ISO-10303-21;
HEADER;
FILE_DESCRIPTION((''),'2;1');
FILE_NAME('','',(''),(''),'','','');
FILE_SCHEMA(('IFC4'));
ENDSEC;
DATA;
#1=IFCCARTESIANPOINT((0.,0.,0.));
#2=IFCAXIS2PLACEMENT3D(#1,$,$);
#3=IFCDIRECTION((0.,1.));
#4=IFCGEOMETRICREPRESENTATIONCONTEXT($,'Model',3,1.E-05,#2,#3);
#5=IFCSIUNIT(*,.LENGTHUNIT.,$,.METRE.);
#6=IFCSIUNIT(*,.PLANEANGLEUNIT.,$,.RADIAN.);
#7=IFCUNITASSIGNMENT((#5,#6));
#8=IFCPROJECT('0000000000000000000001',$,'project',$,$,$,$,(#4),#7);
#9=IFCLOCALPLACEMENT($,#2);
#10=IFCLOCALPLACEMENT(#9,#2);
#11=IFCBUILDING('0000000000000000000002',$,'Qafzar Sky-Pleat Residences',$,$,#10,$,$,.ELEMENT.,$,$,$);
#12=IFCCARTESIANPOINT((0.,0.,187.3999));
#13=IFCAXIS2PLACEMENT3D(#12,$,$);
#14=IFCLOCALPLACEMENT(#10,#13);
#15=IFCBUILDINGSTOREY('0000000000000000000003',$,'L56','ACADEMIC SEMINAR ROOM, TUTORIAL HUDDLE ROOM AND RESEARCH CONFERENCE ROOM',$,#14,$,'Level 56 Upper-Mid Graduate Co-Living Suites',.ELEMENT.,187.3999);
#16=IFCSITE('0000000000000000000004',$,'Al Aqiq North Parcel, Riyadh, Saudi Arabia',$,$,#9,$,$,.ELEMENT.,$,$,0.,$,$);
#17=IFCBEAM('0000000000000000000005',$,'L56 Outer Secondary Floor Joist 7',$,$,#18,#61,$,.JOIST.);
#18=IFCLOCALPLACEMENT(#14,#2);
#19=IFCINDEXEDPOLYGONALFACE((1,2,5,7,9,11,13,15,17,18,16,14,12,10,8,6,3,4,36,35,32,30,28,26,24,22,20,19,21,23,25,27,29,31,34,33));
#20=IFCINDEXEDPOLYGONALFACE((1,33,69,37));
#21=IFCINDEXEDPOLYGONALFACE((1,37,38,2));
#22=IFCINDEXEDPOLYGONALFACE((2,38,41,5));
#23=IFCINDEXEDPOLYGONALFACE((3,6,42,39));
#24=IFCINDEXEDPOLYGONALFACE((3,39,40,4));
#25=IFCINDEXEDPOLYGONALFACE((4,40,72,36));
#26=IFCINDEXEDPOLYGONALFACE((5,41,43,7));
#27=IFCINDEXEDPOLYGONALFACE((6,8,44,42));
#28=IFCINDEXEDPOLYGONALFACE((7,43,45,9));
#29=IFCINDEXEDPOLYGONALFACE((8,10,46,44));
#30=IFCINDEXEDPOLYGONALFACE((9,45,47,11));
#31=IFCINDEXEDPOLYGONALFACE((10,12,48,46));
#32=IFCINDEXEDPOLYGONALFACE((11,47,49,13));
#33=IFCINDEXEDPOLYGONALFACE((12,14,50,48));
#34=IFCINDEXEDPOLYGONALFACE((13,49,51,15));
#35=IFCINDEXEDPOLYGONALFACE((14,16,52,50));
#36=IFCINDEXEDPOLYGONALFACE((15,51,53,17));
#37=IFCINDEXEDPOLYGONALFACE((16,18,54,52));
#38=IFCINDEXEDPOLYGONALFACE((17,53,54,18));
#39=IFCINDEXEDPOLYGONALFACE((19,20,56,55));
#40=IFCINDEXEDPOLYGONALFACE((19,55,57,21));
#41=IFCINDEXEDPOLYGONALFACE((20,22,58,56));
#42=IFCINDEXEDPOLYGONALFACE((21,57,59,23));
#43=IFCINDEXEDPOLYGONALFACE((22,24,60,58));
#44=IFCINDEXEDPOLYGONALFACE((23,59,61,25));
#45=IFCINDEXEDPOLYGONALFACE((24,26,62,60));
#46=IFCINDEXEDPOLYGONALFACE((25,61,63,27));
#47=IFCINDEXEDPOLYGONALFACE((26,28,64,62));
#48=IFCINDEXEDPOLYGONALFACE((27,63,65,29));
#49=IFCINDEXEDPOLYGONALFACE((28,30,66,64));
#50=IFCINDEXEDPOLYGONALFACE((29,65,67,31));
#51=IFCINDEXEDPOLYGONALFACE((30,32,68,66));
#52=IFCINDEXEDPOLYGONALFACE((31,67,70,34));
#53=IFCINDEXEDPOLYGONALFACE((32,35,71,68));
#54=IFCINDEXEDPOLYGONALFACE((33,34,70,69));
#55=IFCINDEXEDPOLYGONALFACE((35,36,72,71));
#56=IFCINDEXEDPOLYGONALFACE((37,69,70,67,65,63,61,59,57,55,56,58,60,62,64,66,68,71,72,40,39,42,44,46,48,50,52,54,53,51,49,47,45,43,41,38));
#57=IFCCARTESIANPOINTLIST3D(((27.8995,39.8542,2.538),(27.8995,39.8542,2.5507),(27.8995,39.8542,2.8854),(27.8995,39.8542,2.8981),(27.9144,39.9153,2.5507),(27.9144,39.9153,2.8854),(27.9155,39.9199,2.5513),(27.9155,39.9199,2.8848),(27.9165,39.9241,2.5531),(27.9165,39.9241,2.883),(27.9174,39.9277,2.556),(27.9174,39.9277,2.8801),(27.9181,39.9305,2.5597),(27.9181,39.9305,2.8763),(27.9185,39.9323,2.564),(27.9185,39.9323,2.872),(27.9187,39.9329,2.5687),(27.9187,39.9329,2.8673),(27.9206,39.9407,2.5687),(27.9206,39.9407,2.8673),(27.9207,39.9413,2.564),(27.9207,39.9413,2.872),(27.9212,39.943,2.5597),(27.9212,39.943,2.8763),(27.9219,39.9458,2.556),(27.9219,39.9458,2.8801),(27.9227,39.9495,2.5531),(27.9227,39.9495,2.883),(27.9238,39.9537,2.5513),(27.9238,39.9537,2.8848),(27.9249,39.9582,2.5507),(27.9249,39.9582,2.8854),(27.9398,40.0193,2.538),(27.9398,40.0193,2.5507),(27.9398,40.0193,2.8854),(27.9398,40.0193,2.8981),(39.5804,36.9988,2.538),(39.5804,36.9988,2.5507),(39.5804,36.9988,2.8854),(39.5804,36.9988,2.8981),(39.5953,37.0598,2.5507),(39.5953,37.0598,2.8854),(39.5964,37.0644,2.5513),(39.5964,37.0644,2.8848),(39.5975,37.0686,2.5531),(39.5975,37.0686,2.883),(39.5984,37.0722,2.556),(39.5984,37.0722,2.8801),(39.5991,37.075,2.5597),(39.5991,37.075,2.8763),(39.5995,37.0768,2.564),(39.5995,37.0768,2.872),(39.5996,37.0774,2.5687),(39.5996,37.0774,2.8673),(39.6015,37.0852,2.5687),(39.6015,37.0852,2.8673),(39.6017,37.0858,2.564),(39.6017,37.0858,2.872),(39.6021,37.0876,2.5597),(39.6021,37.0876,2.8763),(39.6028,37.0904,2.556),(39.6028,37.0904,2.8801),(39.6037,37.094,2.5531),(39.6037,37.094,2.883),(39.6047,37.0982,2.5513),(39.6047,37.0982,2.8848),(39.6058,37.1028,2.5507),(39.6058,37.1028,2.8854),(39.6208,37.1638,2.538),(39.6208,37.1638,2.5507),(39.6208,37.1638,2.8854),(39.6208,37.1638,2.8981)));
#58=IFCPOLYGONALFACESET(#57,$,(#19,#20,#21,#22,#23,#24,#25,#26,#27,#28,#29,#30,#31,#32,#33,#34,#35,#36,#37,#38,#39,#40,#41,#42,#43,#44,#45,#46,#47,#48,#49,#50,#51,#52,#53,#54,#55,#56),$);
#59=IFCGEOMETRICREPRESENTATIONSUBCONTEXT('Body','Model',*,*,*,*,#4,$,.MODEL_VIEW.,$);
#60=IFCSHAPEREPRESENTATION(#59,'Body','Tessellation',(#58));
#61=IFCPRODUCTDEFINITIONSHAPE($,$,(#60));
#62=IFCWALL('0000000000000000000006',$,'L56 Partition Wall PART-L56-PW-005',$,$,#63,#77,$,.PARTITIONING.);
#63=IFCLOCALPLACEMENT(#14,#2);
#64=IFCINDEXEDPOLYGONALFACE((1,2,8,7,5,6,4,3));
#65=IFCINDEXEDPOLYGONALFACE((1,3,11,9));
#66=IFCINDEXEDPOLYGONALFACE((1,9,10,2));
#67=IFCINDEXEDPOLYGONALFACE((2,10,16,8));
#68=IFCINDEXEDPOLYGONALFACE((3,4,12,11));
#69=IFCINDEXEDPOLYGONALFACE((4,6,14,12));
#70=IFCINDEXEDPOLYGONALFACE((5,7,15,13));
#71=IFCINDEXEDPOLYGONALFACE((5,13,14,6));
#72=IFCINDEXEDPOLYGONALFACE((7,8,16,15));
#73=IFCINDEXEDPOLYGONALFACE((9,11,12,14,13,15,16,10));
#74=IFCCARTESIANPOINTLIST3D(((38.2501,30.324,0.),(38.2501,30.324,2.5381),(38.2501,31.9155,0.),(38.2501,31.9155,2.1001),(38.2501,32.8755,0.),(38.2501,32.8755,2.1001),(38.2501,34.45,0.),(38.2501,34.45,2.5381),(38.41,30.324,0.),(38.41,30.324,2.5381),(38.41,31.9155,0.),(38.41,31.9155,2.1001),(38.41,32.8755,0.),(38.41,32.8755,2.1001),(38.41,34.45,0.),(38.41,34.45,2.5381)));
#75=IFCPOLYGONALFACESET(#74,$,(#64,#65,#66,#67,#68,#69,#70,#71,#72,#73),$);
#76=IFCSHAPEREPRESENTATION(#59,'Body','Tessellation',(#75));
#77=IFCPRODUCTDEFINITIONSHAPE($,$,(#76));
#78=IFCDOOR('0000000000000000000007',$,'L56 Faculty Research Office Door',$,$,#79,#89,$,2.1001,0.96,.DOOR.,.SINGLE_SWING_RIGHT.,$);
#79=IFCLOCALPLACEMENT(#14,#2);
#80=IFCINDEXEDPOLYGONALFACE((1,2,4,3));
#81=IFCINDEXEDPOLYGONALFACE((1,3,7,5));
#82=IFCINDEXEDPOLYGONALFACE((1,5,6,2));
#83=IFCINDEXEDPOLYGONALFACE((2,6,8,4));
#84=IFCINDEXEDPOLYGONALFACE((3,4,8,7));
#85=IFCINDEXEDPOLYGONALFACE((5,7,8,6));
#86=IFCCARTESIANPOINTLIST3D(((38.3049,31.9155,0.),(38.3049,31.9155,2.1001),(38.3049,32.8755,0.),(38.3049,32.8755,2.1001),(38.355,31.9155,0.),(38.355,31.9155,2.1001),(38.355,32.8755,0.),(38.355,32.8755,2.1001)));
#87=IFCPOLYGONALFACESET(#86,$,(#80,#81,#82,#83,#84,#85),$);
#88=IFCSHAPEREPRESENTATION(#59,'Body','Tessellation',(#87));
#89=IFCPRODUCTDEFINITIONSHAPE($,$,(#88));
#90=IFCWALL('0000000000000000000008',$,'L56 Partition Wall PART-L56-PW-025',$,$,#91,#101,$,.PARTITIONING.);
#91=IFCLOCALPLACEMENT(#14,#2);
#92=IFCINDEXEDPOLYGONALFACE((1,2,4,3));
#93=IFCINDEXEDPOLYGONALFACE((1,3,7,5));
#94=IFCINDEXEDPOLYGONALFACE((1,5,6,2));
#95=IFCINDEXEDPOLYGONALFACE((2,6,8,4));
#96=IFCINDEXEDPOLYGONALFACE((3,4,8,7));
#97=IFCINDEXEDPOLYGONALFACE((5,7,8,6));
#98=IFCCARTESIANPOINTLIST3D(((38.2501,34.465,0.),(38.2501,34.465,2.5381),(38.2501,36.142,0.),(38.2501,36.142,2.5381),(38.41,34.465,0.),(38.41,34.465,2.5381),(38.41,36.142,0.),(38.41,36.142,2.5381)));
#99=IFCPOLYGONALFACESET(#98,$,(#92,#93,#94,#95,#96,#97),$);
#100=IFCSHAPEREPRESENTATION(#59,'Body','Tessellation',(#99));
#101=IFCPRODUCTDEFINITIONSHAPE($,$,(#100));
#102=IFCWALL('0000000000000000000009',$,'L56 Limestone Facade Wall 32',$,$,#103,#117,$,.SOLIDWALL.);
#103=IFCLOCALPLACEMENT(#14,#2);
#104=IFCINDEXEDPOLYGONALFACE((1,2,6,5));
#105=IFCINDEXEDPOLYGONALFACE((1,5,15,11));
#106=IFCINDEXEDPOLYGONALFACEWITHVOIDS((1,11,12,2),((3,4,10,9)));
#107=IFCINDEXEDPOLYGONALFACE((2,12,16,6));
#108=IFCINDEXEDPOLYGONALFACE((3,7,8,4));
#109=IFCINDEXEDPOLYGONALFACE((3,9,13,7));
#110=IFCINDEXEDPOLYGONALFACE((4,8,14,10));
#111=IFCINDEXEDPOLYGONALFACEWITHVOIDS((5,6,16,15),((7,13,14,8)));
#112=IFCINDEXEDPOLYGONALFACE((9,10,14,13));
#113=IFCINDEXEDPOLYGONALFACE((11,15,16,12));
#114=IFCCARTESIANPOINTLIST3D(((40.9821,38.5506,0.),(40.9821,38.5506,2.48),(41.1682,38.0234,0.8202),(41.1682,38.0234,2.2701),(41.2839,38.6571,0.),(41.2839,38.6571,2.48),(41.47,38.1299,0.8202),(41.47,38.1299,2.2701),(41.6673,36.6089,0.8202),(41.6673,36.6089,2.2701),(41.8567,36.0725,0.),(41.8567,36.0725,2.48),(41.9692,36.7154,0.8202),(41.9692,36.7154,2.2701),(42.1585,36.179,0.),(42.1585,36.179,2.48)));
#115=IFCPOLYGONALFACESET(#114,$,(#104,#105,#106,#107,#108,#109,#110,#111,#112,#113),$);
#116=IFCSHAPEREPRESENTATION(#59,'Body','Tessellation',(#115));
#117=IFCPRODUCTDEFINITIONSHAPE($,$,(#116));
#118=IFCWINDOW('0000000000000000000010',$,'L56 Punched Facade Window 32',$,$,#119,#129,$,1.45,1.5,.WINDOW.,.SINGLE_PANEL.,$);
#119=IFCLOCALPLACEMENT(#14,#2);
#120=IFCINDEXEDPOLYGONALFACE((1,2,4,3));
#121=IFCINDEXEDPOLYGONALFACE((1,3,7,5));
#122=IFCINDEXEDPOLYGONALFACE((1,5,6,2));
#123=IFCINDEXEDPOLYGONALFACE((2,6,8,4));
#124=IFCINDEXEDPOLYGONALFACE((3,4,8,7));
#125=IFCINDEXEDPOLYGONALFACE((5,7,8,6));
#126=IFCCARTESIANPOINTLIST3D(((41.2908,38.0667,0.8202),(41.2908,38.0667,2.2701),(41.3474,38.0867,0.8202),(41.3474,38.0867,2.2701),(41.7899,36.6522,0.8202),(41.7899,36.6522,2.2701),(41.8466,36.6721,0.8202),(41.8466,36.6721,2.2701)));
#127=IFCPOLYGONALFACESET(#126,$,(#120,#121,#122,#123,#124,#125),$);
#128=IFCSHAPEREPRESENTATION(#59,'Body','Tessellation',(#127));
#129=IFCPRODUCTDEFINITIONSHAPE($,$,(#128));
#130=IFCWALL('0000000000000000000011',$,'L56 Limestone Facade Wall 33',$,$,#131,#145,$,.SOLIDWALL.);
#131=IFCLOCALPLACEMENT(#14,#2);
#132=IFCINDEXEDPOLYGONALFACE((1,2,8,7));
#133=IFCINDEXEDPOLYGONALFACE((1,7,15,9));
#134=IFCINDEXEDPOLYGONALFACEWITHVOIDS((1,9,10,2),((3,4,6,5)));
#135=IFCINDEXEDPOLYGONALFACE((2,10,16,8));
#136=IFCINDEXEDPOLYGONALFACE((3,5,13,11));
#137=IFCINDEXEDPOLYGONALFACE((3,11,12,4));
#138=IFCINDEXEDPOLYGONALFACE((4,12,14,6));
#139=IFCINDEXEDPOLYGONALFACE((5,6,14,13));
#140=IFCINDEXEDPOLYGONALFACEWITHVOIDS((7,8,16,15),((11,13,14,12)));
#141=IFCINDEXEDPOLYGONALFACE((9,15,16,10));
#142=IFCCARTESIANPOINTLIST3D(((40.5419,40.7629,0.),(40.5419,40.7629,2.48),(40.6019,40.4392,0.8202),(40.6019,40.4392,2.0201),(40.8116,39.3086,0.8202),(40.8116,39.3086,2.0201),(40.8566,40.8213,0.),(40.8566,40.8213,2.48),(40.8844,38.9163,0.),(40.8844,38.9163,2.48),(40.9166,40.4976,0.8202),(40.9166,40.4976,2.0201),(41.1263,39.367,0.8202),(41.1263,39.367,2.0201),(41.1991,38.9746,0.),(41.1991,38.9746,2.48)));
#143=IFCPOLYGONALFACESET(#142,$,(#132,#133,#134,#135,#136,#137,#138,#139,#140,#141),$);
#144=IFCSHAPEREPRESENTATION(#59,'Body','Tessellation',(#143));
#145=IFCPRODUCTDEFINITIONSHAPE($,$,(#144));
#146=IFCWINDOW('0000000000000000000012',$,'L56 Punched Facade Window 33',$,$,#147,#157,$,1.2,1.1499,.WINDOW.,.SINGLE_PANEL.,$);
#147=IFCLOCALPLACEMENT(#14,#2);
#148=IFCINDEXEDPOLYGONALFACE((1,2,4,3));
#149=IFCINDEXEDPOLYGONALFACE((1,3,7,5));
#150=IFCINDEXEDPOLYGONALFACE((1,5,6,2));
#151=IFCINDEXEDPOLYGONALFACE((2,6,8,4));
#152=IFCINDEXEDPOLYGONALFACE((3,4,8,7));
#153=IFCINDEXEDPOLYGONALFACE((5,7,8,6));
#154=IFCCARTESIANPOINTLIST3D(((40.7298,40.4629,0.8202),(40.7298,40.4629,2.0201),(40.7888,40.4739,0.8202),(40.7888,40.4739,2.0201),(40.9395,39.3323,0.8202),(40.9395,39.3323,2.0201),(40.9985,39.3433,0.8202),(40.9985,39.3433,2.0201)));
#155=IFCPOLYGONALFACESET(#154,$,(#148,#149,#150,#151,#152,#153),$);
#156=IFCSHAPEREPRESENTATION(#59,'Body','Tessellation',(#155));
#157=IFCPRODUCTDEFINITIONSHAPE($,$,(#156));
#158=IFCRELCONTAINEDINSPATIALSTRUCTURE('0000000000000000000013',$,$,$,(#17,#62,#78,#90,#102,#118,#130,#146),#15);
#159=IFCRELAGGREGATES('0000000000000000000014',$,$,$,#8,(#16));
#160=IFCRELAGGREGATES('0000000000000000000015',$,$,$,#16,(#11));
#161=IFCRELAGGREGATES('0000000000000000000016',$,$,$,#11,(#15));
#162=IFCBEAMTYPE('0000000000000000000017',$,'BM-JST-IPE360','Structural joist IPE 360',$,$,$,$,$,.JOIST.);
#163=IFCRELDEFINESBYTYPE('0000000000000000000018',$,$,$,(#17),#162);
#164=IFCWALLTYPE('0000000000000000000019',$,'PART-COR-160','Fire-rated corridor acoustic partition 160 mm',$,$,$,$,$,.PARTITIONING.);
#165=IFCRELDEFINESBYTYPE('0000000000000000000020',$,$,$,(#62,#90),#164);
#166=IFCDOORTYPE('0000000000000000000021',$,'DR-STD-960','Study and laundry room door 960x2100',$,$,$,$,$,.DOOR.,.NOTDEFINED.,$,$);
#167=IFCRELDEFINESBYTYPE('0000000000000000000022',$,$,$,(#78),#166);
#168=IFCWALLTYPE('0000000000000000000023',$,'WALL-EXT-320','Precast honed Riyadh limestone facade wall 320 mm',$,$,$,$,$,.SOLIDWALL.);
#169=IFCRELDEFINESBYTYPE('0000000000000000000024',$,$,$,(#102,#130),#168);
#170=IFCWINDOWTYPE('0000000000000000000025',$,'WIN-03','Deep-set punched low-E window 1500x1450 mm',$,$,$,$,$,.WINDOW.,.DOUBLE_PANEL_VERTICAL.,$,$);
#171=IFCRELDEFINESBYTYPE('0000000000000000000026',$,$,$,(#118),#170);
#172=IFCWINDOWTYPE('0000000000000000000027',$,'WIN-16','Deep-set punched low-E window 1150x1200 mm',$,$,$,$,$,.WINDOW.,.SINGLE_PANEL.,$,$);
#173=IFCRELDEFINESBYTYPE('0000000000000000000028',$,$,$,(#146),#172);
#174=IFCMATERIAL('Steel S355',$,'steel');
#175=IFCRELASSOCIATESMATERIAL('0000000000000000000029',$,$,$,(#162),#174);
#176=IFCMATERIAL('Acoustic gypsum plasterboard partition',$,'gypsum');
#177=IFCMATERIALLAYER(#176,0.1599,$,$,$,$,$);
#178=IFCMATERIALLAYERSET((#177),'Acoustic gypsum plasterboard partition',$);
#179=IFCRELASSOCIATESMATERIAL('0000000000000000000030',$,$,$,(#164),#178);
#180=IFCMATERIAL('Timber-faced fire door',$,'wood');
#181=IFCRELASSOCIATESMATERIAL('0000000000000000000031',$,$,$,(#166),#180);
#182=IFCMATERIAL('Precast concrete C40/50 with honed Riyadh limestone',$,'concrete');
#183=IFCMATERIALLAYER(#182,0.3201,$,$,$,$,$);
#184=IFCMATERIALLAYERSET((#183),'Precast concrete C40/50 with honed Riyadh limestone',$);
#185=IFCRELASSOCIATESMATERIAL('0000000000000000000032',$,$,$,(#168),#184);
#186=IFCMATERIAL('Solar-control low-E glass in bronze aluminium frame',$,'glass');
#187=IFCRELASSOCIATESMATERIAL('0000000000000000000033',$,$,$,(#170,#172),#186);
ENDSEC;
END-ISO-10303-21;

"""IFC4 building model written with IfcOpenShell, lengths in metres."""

from ifc_helpers import new_model, si_unit, direction, frame, frame_2d, origin, origin_2d, place, context, subcontext, project, spatial, rectangle, i_section, extrude, source, transform, mapped, material, layer, layer_set, material_profile, profile_set, type_object, element, fill, save


model = new_model("IFC4")

# Units and contexts
model_context = context("Model", 3, precision=1e-05, world=origin(), true_north=direction((0.0, 1.0)))
body_context = subcontext(model_context, "Body", "Model", "MODEL_VIEW")
ifc_project = project(units=[si_unit("LENGTHUNIT", "METRE"), si_unit("PLANEANGLEUNIT", "RADIAN")], contexts=[model_context])

# Site, building, storey
site_placement = place(None, origin())
site = spatial("IfcSite", under=ifc_project, at=site_placement, Name="Al Aqiq North Parcel, Riyadh, Saudi Arabia", CompositionType="ELEMENT", RefElevation=0.0)
building_placement = place(site_placement, origin())
building = spatial("IfcBuilding", under=site, at=building_placement, Name="Qafzar Sky-Pleat Residences", CompositionType="ELEMENT")
storey_placement = place(building_placement, frame((0.0, 0.0, 187.3999)))
storey = spatial("IfcBuildingStorey", under=building, at=storey_placement, Name="L56", Description="ACADEMIC SEMINAR ROOM, TUTORIAL HUDDLE ROOM AND RESEARCH CONFERENCE ROOM", LongName="Level 56 Upper-Mid Graduate Co-Living Suites", CompositionType="ELEMENT", Elevation=187.3999)

# Beam
ifc_material_1 = material(Name="Steel S355", Category="steel")
ifc_material_profile_1 = material_profile(ifc_material_1, i_section(OverallWidth=0.1699, OverallDepth=0.3601, WebThickness=0.0081, FlangeThickness=0.0127, FilletRadius=0.0181, at=origin_2d()), Name="IPE 360")
ifc_profile_set_1 = profile_set([ifc_material_profile_1], Name="Steel S355")
beam_type_1 = type_object("IfcBeamType", Name="BM-JST-IPE360", Description="Structural joist IPE 360", PredefinedType="JOIST", material=ifc_profile_set_1)
shared_shape_1 = source(origin(), body_context, "Body", "SweptSolid", [
    extrude(i_section(OverallWidth=0.1699, OverallDepth=0.3601, WebThickness=0.0081, FlangeThickness=0.0127, FilletRadius=0.0181, at=origin_2d()), origin(), (0.0, 0.0, 1.0), 12.0249),
])
beam_1_placement = place(storey_placement, frame((39.6006, 37.0813, 2.718), z_axis=(-0.971396, 0.237464, 0.0), x_axis=(-0.237464, -0.971396, 0.0)))
element("IfcBeam", 1, at=beam_1_placement, inside=storey, type_object=beam_type_1, Name="L56 Outer Secondary Floor Joist 7", PredefinedType="JOIST", context=body_context, shape_type="MappedRepresentation", body=[
    mapped(shared_shape_1, transform((0.0, 0.0, 0.0), x_axis=(1.0, 0.0, 0.0), y_axis=(0.0, 1.0, 0.0), z_axis=(0.0, 0.0, 1.0), scale=1.0)),
])

# Wall, opening, door
ifc_material_2 = material(Name="Acoustic gypsum plasterboard partition", Category="gypsum")
ifc_layer_1 = layer(ifc_material_2, 0.1599)
ifc_layer_set_1 = layer_set([ifc_layer_1], Name="Acoustic gypsum plasterboard partition")
wall_type_1 = type_object("IfcWallType", Name="PART-COR-160", Description="Fire-rated corridor acoustic partition 160 mm", PredefinedType="PARTITIONING", material=ifc_layer_set_1)
wall_1_placement = place(storey_placement, frame((38.3301, 34.45, 0.0), z_axis=(0.0, 0.0, 1.0), x_axis=(0.0, -1.0, 0.0)))
wall_1 = element("IfcWall", 2, at=wall_1_placement, inside=storey, type_object=wall_type_1, Name="L56 Partition Wall PART-L56-PW-005", PredefinedType="PARTITIONING", context=body_context, shape_type="SweptSolid", body=[
    extrude(rectangle(XDim=4.126, YDim=0.1599, at=frame_2d((2.063, 0.0))), origin(), (0.0, 0.0, 1.0), 2.5381),
])
opening_1_placement = place(wall_1_placement, frame((1.5745, 0.0, 0.0)))
opening_1 = element("IfcOpeningElement", 3, at=opening_1_placement, cuts=wall_1, PredefinedType="OPENING", context=body_context, shape_type="SweptSolid", body=[
    extrude(rectangle(XDim=0.96, YDim=2.1001, at=frame_2d((0.48, 1.05))), frame((0.0, 0.0898, 0.0), z_axis=(0.0, -1.0, 0.0), x_axis=(1.0, 0.0, 0.0)), (0.0, 0.0, 1.0), 0.1799),
])
ifc_material_3 = material(Name="Timber-faced fire door", Category="wood")
door_type = type_object("IfcDoorType", Name="DR-STD-960", Description="Study and laundry room door 960x2100", OperationType="NOTDEFINED", PredefinedType="DOOR", material=ifc_material_3)
shared_shape_2 = source(origin(), body_context, "Body", "SweptSolid", [
    extrude(rectangle(XDim=0.96, YDim=2.1001, at=frame_2d((0.48, 1.05))), frame((0.0, 0.0249, 0.0), z_axis=(0.0, -1.0, 0.0), x_axis=(1.0, 0.0, 0.0)), (0.0, 0.0, 1.0), 0.05),
])
door_placement = place(opening_1_placement, origin())
door = element("IfcDoor", 4, at=door_placement, inside=storey, type_object=door_type, Name="L56 Faculty Research Office Door", OperationType="SINGLE_SWING_RIGHT", OverallHeight=2.1001, OverallWidth=0.96, PredefinedType="DOOR", context=body_context, shape_type="MappedRepresentation", body=[
    mapped(shared_shape_2, transform((0.0, 0.0, 0.0), x_axis=(1.0, 0.0, 0.0), y_axis=(0.0, 1.0, 0.0), z_axis=(0.0, 0.0, 1.0), scale=1.0)),
])
fill(opening_1, door)

# Wall
wall_2_placement = place(storey_placement, frame((38.3301, 34.4651, 0.0), z_axis=(0.0, 0.0, 1.0), x_axis=(0.0, 1.0, 0.0)))
element("IfcWall", 5, at=wall_2_placement, inside=storey, type_object=wall_type_1, Name="L56 Partition Wall PART-L56-PW-025", PredefinedType="PARTITIONING", context=body_context, shape_type="SweptSolid", body=[
    extrude(rectangle(XDim=1.677, YDim=0.1599, at=frame_2d((0.8384, 0.0))), origin(), (0.0, 0.0, 1.0), 2.5381),
])

# Walls, openings, windows
ifc_material_4 = material(Name="Precast concrete C40/50 with honed Riyadh limestone", Category="concrete")
ifc_layer_2 = layer(ifc_material_4, 0.3201)
ifc_layer_set_2 = layer_set([ifc_layer_2], Name="Precast concrete C40/50 with honed Riyadh limestone")
wall_type_2 = type_object("IfcWallType", Name="WALL-EXT-320", Description="Precast honed Riyadh limestone facade wall 320 mm", PredefinedType="SOLIDWALL", material=ifc_layer_set_2)
wall_3_placement = place(storey_placement, frame((42.0076, 36.1257, 0.0), z_axis=(0.0, 0.0, 1.0), x_axis=(-0.332791, 0.943001, 0.0)))
wall_3 = element("IfcWall", 6, at=wall_3_placement, inside=storey, type_object=wall_type_2, Name="L56 Limestone Facade Wall 32", PredefinedType="SOLIDWALL", context=body_context, shape_type="SweptSolid", body=[
    extrude(rectangle(XDim=2.6279, YDim=0.3201, at=frame_2d((1.314, 0.0))), origin(), (0.0, 0.0, 1.0), 2.48),
])
opening_2_placement = place(wall_3_placement, frame((0.5688, 0.0, 0.8201)))
opening_2 = element("IfcOpeningElement", 7, at=opening_2_placement, cuts=wall_3, PredefinedType="OPENING", context=body_context, shape_type="SweptSolid", body=[
    extrude(rectangle(XDim=1.5, YDim=1.45, at=frame_2d((0.75, 0.7251))), frame((0.0, 0.1699, 0.0), z_axis=(0.0, -1.0, 0.0), x_axis=(1.0, 0.0, 0.0)), (0.0, 0.0, 1.0), 0.3401),
])
ifc_material_5 = material(Name="Solar-control low-E glass in bronze aluminium frame", Category="glass")
window_type_1 = type_object("IfcWindowType", Name="WIN-03", Description="Deep-set punched low-E window 1500x1450 mm", PartitioningType="DOUBLE_PANEL_VERTICAL", PredefinedType="WINDOW", material=ifc_material_5)
shared_shape_3 = source(origin(), body_context, "Body", "SweptSolid", [
    extrude(rectangle(XDim=1.5, YDim=1.45, at=frame_2d((0.75, 0.7251))), frame((0.0, 0.03, 0.0), z_axis=(0.0, -1.0, 0.0), x_axis=(1.0, 0.0, 0.0)), (0.0, 0.0, 1.0), 0.0601),
])
window_1_placement = place(opening_2_placement, origin())
window_1 = element("IfcWindow", 8, at=window_1_placement, inside=storey, type_object=window_type_1, Name="L56 Punched Facade Window 32", OverallHeight=1.45, OverallWidth=1.5, PartitioningType="SINGLE_PANEL", PredefinedType="WINDOW", context=body_context, shape_type="MappedRepresentation", body=[
    mapped(shared_shape_3, transform((0.0, 0.0, 0.0), x_axis=(1.0, 0.0, 0.0), y_axis=(0.0, 1.0, 0.0), z_axis=(0.0, 0.0, 1.0), scale=1.0)),
])
fill(opening_2, window_1)
wall_4_placement = place(storey_placement, frame((41.0417, 38.9456, 0.0), z_axis=(0.0, 0.0, 1.0), x_axis=(-0.182373, 0.983229, 0.0)))
wall_4 = element("IfcWall", 9, at=wall_4_placement, inside=storey, type_object=wall_type_2, Name="L56 Limestone Facade Wall 33", PredefinedType="SOLIDWALL", context=body_context, shape_type="SweptSolid", body=[
    extrude(rectangle(XDim=1.8782, YDim=0.3201, at=frame_2d((0.939, 0.0))), origin(), (0.0, 0.0, 1.0), 2.48),
])
opening_3_placement = place(wall_4_placement, frame((0.3989, 0.0, 0.8201)))
opening_3 = element("IfcOpeningElement", 10, at=opening_3_placement, cuts=wall_4, PredefinedType="OPENING", context=body_context, shape_type="SweptSolid", body=[
    extrude(rectangle(XDim=1.1499, YDim=1.2, at=frame_2d((0.575, 0.6001))), frame((0.0, 0.1699, 0.0), z_axis=(0.0, -1.0, 0.0), x_axis=(1.0, 0.0, 0.0)), (0.0, 0.0, 1.0), 0.3401),
])
window_type_2 = type_object("IfcWindowType", Name="WIN-16", Description="Deep-set punched low-E window 1150x1200 mm", PartitioningType="SINGLE_PANEL", PredefinedType="WINDOW", material=ifc_material_5)
shared_shape_4 = source(origin(), body_context, "Body", "SweptSolid", [
    extrude(rectangle(XDim=1.1499, YDim=1.2, at=frame_2d((0.575, 0.6001))), frame((0.0, 0.03, 0.0), z_axis=(0.0, -1.0, 0.0), x_axis=(1.0, 0.0, 0.0)), (0.0, 0.0, 1.0), 0.0601),
])
window_2_placement = place(opening_3_placement, origin())
window_2 = element("IfcWindow", 11, at=window_2_placement, inside=storey, type_object=window_type_2, Name="L56 Punched Facade Window 33", OverallHeight=1.2, OverallWidth=1.1499, PartitioningType="SINGLE_PANEL", PredefinedType="WINDOW", context=body_context, shape_type="MappedRepresentation", body=[
    mapped(shared_shape_4, transform((0.0, 0.0, 0.0), x_axis=(1.0, 0.0, 0.0), y_axis=(0.0, 1.0, 0.0), z_axis=(0.0, 0.0, 1.0), scale=1.0)),
])
fill(opening_3, window_2)

save(model, "model.ifc")
